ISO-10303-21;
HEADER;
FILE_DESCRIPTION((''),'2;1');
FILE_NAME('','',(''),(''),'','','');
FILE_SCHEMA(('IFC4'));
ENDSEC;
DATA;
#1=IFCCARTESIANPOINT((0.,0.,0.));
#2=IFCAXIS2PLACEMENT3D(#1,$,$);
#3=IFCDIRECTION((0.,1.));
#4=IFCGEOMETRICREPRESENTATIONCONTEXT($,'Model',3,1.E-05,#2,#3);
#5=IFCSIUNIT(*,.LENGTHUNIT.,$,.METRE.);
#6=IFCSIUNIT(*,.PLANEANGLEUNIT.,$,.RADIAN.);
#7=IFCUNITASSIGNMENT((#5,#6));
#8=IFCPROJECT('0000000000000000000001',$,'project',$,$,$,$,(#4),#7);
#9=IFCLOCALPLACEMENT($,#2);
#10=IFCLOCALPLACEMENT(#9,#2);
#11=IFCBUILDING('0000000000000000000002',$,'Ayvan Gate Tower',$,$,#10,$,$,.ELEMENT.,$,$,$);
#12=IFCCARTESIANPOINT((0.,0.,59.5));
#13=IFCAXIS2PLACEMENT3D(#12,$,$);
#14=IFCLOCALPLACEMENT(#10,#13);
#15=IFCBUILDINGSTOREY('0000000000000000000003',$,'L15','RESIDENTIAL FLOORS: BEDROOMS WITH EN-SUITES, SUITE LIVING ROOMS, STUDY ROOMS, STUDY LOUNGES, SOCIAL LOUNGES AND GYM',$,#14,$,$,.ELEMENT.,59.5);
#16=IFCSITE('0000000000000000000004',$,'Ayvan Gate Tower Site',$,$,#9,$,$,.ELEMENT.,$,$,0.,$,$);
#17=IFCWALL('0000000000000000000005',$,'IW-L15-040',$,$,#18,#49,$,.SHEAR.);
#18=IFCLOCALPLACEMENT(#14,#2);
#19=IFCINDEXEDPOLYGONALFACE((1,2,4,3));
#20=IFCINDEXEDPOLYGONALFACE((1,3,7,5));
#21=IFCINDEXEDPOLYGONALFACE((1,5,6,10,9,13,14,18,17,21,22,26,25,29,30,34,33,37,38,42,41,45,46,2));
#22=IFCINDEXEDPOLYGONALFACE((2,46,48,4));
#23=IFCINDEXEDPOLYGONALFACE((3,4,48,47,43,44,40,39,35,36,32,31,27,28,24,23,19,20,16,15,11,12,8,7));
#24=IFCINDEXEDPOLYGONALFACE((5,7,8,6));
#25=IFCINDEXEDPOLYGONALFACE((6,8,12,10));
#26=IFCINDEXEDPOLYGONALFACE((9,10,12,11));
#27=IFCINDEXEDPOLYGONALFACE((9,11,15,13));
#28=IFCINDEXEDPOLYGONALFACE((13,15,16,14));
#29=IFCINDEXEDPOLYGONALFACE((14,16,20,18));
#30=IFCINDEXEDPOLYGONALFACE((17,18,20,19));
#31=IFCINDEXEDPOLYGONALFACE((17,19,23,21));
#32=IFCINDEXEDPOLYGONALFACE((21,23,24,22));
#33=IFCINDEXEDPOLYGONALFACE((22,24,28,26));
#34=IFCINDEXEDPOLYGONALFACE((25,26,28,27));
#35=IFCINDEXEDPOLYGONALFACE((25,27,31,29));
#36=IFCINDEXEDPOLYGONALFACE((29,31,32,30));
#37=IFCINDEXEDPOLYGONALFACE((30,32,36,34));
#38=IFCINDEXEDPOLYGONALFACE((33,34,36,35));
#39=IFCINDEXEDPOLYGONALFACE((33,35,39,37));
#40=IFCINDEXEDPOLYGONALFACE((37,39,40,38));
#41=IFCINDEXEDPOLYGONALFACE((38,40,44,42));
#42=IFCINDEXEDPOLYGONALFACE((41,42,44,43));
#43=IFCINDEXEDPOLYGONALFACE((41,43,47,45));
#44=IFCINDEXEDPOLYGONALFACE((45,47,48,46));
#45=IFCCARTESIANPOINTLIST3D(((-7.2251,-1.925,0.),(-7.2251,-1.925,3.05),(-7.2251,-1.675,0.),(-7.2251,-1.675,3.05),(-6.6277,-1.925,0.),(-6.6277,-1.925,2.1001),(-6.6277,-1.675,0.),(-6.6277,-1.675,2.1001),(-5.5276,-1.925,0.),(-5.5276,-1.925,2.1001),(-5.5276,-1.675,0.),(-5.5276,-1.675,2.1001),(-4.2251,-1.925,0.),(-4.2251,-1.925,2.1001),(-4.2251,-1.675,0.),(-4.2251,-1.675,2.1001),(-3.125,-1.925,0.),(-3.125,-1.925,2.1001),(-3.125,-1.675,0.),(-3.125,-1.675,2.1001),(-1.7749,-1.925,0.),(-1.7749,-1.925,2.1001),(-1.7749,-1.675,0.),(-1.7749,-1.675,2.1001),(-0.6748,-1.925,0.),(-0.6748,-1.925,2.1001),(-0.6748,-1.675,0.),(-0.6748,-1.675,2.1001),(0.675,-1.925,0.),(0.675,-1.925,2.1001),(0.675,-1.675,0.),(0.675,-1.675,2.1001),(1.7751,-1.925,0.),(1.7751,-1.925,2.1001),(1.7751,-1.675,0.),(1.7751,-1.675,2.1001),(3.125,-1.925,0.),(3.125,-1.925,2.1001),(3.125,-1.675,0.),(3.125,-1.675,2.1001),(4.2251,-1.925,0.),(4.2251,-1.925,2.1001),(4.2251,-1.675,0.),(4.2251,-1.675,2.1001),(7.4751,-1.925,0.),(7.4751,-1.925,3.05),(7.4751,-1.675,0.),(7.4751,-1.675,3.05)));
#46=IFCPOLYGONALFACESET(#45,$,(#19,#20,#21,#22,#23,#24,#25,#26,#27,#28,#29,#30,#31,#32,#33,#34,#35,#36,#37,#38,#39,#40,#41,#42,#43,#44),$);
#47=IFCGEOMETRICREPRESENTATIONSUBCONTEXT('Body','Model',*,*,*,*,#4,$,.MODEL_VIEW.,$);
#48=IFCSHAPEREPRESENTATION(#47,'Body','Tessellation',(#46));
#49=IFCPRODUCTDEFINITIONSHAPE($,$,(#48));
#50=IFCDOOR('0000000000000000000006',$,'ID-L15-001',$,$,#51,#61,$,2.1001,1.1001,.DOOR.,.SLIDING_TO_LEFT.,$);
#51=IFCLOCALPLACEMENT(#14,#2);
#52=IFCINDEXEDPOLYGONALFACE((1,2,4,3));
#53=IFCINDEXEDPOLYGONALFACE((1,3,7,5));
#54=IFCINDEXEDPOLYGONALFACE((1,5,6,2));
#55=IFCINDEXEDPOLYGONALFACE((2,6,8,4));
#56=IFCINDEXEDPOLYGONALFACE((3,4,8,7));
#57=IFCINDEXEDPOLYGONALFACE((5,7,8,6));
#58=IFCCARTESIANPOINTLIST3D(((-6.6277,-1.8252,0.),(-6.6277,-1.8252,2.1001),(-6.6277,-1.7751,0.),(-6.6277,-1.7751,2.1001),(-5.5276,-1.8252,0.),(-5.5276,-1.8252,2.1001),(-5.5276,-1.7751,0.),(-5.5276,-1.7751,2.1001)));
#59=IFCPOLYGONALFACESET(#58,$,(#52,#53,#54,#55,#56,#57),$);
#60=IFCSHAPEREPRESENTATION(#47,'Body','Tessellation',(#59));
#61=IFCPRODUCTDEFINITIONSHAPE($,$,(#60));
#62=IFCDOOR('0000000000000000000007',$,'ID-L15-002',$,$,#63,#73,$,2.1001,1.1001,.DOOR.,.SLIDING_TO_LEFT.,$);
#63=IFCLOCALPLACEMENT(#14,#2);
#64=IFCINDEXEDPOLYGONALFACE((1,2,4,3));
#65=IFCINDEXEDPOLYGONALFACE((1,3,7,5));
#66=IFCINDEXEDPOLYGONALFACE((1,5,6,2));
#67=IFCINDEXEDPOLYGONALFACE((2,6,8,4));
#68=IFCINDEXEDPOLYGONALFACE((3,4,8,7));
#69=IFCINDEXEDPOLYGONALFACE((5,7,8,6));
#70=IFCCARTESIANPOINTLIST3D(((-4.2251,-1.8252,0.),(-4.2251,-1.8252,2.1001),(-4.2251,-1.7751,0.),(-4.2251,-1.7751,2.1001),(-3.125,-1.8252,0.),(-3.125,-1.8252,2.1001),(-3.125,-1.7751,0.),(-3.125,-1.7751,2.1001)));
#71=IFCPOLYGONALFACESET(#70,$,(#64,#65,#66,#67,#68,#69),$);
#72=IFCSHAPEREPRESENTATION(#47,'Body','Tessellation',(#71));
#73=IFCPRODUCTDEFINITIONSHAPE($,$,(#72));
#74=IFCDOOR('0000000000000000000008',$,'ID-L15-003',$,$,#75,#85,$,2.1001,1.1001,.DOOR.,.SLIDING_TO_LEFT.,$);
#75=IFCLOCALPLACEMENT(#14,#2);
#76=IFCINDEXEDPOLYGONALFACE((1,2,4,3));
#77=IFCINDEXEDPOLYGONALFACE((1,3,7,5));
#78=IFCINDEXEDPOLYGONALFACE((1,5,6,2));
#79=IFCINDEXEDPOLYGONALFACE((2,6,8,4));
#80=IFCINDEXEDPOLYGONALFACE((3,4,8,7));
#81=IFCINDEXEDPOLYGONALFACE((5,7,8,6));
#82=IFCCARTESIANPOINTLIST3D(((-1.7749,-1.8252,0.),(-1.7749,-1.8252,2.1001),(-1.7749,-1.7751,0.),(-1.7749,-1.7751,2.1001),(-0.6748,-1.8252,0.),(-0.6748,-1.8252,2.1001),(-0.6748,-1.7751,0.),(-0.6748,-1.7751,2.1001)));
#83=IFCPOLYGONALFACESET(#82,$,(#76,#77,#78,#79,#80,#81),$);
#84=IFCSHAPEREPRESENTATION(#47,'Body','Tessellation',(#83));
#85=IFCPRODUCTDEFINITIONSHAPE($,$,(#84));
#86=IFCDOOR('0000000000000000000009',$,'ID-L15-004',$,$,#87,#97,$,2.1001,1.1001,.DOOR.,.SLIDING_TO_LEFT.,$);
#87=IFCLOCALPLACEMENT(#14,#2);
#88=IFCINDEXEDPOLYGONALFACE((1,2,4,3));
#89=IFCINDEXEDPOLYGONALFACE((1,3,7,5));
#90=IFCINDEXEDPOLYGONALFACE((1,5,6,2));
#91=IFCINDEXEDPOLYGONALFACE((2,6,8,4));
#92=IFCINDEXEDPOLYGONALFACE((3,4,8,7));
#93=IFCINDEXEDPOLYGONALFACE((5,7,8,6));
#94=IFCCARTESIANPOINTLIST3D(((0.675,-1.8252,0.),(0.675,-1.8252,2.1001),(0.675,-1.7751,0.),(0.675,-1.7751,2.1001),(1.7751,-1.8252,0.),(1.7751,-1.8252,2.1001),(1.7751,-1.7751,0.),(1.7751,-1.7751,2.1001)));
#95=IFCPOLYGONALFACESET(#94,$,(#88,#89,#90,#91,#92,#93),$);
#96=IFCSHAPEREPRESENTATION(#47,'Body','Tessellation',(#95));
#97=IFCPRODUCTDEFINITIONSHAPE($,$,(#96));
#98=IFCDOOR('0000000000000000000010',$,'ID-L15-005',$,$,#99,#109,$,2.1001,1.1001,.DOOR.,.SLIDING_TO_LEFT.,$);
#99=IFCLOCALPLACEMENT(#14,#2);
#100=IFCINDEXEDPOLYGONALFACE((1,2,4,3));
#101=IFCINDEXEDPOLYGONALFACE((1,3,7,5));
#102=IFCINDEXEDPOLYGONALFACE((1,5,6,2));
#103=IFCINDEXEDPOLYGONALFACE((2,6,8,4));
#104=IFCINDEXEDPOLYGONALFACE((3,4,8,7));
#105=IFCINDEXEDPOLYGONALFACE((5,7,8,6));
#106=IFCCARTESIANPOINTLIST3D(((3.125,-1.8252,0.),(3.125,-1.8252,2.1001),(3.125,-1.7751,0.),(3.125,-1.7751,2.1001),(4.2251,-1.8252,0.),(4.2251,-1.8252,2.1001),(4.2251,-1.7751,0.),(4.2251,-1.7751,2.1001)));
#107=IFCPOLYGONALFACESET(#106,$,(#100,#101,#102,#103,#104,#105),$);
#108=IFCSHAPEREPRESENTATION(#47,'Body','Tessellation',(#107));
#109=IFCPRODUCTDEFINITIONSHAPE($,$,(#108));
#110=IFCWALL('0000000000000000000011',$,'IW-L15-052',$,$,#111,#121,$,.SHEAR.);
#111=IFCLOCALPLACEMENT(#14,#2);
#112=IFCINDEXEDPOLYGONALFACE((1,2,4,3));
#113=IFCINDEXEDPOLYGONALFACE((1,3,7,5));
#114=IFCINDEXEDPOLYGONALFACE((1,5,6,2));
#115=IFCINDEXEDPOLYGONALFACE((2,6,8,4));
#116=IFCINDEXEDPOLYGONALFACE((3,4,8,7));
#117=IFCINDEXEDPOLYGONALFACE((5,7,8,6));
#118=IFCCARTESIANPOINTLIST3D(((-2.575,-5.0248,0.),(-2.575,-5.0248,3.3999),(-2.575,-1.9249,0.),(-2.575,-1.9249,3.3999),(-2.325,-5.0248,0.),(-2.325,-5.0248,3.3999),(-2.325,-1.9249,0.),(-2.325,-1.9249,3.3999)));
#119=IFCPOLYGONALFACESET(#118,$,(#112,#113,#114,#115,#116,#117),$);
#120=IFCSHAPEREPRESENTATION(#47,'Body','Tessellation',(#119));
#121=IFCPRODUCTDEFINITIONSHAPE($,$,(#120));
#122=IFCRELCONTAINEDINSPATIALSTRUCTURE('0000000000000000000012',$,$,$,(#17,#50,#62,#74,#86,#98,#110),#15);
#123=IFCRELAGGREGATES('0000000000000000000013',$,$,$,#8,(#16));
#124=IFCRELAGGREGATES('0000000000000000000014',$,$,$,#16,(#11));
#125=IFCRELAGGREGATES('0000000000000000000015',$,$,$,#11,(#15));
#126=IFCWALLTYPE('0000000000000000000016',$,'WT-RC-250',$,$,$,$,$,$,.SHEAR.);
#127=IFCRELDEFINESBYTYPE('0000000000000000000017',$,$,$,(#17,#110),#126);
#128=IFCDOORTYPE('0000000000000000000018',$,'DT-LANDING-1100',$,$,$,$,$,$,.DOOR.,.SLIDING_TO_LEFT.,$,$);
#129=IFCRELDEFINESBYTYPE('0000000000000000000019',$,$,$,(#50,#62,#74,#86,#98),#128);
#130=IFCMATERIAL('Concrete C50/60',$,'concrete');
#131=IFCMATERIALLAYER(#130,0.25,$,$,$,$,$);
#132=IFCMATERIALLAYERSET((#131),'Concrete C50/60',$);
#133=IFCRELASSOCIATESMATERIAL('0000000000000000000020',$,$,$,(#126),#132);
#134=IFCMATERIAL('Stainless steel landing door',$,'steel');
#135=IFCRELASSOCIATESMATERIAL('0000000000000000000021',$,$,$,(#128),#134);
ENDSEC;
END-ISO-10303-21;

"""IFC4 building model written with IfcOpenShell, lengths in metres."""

from ifc_helpers import new_model, si_unit, direction, frame, frame_2d, origin, place, context, subcontext, project, spatial, rectangle, extrude, material, layer, layer_set, type_object, element, fill, save


model = new_model("IFC4")

# Units and contexts
model_context = context("Model", 3, precision=1e-05, world=origin(), true_north=direction((0.0, 1.0)))
body_context = subcontext(model_context, "Body", "Model", "MODEL_VIEW")
ifc_project = project(units=[si_unit("LENGTHUNIT", "METRE"), si_unit("PLANEANGLEUNIT", "RADIAN")], contexts=[model_context])

# Site, building, storey
site_placement = place(None, origin())
site = spatial("IfcSite", under=ifc_project, at=site_placement, Name="Ayvan Gate Tower Site", CompositionType="ELEMENT", RefElevation=0.0)
building_placement = place(site_placement, origin())
building = spatial("IfcBuilding", under=site, at=building_placement, Name="Ayvan Gate Tower", CompositionType="ELEMENT")
storey_placement = place(building_placement, frame((0.0, 0.0, 59.5)))
storey = spatial("IfcBuildingStorey", under=building, at=storey_placement, Name="L15", Description="RESIDENTIAL FLOORS: BEDROOMS WITH EN-SUITES, SUITE LIVING ROOMS, STUDY ROOMS, STUDY LOUNGES, SOCIAL LOUNGES AND GYM", CompositionType="ELEMENT", Elevation=59.5)

# Shared definitions
ifc_material_1 = material(Name="Concrete C50/60", Category="concrete")
ifc_layer_1 = layer(ifc_material_1, 0.25)
ifc_layer_set_1 = layer_set([ifc_layer_1], Name="Concrete C50/60")
wall_type_1 = type_object("IfcWallType", Name="WT-RC-250", PredefinedType="SHEAR", material=ifc_layer_set_1)

# Wall, openings, doors
wall_1_placement = place(storey_placement, frame((-7.2251, -1.8, 0.0), z_axis=(0.0, 0.0, 1.0), x_axis=(1.0, 0.0, 0.0)))
wall_1 = element("IfcWall", 1, at=wall_1_placement, inside=storey, type_object=wall_type_1, Name="IW-L15-040", PredefinedType="SHEAR", context=body_context, shape_type="SweptSolid", body=[
    extrude(rectangle(XDim=14.7002, YDim=0.25, at=frame_2d((7.3501, 0.0))), origin(), (0.0, 0.0, 1.0), 3.05),
])
opening_1_placement = place(wall_1_placement, frame((0.5974, 0.0, 0.0)))
opening_1 = element("IfcOpeningElement", 2, at=opening_1_placement, cuts=wall_1, PredefinedType="OPENING", context=body_context, shape_type="SweptSolid", body=[
    extrude(rectangle(XDim=1.1001, YDim=2.1001, at=frame_2d((0.55, 1.05))), frame((0.0, 0.135, 0.0), z_axis=(0.0, -1.0, 0.0), x_axis=(1.0, 0.0, 0.0)), (0.0, 0.0, 1.0), 0.27),
])
opening_2_placement = place(wall_1_placement, frame((3.0, 0.0, 0.0)))
opening_2 = element("IfcOpeningElement", 3, at=opening_2_placement, cuts=wall_1, PredefinedType="OPENING", context=body_context, shape_type="SweptSolid", body=[
    extrude(rectangle(XDim=1.1001, YDim=2.1001, at=frame_2d((0.55, 1.05))), frame((0.0, 0.135, 0.0), z_axis=(0.0, -1.0, 0.0), x_axis=(1.0, 0.0, 0.0)), (0.0, 0.0, 1.0), 0.27),
])
opening_3_placement = place(wall_1_placement, frame((5.4502, 0.0, 0.0)))
opening_3 = element("IfcOpeningElement", 4, at=opening_3_placement, cuts=wall_1, PredefinedType="OPENING", context=body_context, shape_type="SweptSolid", body=[
    extrude(rectangle(XDim=1.1001, YDim=2.1001, at=frame_2d((0.55, 1.05))), frame((0.0, 0.135, 0.0), z_axis=(0.0, -1.0, 0.0), x_axis=(1.0, 0.0, 0.0)), (0.0, 0.0, 1.0), 0.27),
])
opening_4_placement = place(wall_1_placement, frame((7.9001, 0.0, 0.0)))
opening_4 = element("IfcOpeningElement", 5, at=opening_4_placement, cuts=wall_1, PredefinedType="OPENING", context=body_context, shape_type="SweptSolid", body=[
    extrude(rectangle(XDim=1.1001, YDim=2.1001, at=frame_2d((0.55, 1.05))), frame((0.0, 0.135, 0.0), z_axis=(0.0, -1.0, 0.0), x_axis=(1.0, 0.0, 0.0)), (0.0, 0.0, 1.0), 0.27),
])
opening_5_placement = place(wall_1_placement, frame((10.3501, 0.0, 0.0)))
opening_5 = element("IfcOpeningElement", 6, at=opening_5_placement, cuts=wall_1, PredefinedType="OPENING", context=body_context, shape_type="SweptSolid", body=[
    extrude(rectangle(XDim=1.1001, YDim=2.1001, at=frame_2d((0.55, 1.05))), frame((0.0, 0.135, 0.0), z_axis=(0.0, -1.0, 0.0), x_axis=(1.0, 0.0, 0.0)), (0.0, 0.0, 1.0), 0.27),
])
ifc_material_2 = material(Name="Stainless steel landing door", Category="steel")
door_type_1 = type_object("IfcDoorType", Name="DT-LANDING-1100", OperationType="SLIDING_TO_LEFT", PredefinedType="DOOR", material=ifc_material_2)
door_1_placement = place(opening_1_placement, origin())
door_1 = element("IfcDoor", 7, at=door_1_placement, inside=storey, type_object=door_type_1, Name="ID-L15-001", OperationType="SLIDING_TO_LEFT", OverallHeight=2.1001, OverallWidth=1.1001, PredefinedType="DOOR", context=body_context, shape_type="SweptSolid", body=[
    extrude(rectangle(XDim=1.1001, YDim=2.1001, at=frame_2d((0.55, 1.05))), frame((0.0, 0.0249, 0.0), z_axis=(0.0, -1.0, 0.0), x_axis=(1.0, 0.0, 0.0)), (0.0, 0.0, 1.0), 0.05),
])
fill(opening_1, door_1)
door_2_placement = place(opening_2_placement, origin())
door_2 = element("IfcDoor", 8, at=door_2_placement, inside=storey, type_object=door_type_1, Name="ID-L15-002", OperationType="SLIDING_TO_LEFT", OverallHeight=2.1001, OverallWidth=1.1001, PredefinedType="DOOR", context=body_context, shape_type="SweptSolid", body=[
    extrude(rectangle(XDim=1.1001, YDim=2.1001, at=frame_2d((0.55, 1.05))), frame((0.0, 0.0249, 0.0), z_axis=(0.0, -1.0, 0.0), x_axis=(1.0, 0.0, 0.0)), (0.0, 0.0, 1.0), 0.05),
])
fill(opening_2, door_2)
door_3_placement = place(opening_3_placement, origin())
door_3 = element("IfcDoor", 9, at=door_3_placement, inside=storey, type_object=door_type_1, Name="ID-L15-003", OperationType="SLIDING_TO_LEFT", OverallHeight=2.1001, OverallWidth=1.1001, PredefinedType="DOOR", context=body_context, shape_type="SweptSolid", body=[
    extrude(rectangle(XDim=1.1001, YDim=2.1001, at=frame_2d((0.55, 1.05))), frame((0.0, 0.0249, 0.0), z_axis=(0.0, -1.0, 0.0), x_axis=(1.0, 0.0, 0.0)), (0.0, 0.0, 1.0), 0.05),
])
fill(opening_3, door_3)
door_4_placement = place(opening_4_placement, origin())
door_4 = element("IfcDoor", 10, at=door_4_placement, inside=storey, type_object=door_type_1, Name="ID-L15-004", OperationType="SLIDING_TO_LEFT", OverallHeight=2.1001, OverallWidth=1.1001, PredefinedType="DOOR", context=body_context, shape_type="SweptSolid", body=[
    extrude(rectangle(XDim=1.1001, YDim=2.1001, at=frame_2d((0.55, 1.05))), frame((0.0, 0.0249, 0.0), z_axis=(0.0, -1.0, 0.0), x_axis=(1.0, 0.0, 0.0)), (0.0, 0.0, 1.0), 0.05),
])
fill(opening_4, door_4)
door_5_placement = place(opening_5_placement, origin())
door_5 = element("IfcDoor", 11, at=door_5_placement, inside=storey, type_object=door_type_1, Name="ID-L15-005", OperationType="SLIDING_TO_LEFT", OverallHeight=2.1001, OverallWidth=1.1001, PredefinedType="DOOR", context=body_context, shape_type="SweptSolid", body=[
    extrude(rectangle(XDim=1.1001, YDim=2.1001, at=frame_2d((0.55, 1.05))), frame((0.0, 0.0249, 0.0), z_axis=(0.0, -1.0, 0.0), x_axis=(1.0, 0.0, 0.0)), (0.0, 0.0, 1.0), 0.05),
])
fill(opening_5, door_5)

# Wall
wall_2_placement = place(storey_placement, frame((-2.45, -1.925, 0.0), z_axis=(0.0, 0.0, 1.0), x_axis=(0.0, -1.0, 0.0)))
element("IfcWall", 12, at=wall_2_placement, inside=storey, type_object=wall_type_1, Name="IW-L15-052", PredefinedType="SHEAR", context=body_context, shape_type="SweptSolid", body=[
    extrude(rectangle(XDim=3.0999, YDim=0.25, at=frame_2d((1.5498, 0.0))), origin(), (0.0, 0.0, 1.0), 3.3999),
])

save(model, "model.ifc")
